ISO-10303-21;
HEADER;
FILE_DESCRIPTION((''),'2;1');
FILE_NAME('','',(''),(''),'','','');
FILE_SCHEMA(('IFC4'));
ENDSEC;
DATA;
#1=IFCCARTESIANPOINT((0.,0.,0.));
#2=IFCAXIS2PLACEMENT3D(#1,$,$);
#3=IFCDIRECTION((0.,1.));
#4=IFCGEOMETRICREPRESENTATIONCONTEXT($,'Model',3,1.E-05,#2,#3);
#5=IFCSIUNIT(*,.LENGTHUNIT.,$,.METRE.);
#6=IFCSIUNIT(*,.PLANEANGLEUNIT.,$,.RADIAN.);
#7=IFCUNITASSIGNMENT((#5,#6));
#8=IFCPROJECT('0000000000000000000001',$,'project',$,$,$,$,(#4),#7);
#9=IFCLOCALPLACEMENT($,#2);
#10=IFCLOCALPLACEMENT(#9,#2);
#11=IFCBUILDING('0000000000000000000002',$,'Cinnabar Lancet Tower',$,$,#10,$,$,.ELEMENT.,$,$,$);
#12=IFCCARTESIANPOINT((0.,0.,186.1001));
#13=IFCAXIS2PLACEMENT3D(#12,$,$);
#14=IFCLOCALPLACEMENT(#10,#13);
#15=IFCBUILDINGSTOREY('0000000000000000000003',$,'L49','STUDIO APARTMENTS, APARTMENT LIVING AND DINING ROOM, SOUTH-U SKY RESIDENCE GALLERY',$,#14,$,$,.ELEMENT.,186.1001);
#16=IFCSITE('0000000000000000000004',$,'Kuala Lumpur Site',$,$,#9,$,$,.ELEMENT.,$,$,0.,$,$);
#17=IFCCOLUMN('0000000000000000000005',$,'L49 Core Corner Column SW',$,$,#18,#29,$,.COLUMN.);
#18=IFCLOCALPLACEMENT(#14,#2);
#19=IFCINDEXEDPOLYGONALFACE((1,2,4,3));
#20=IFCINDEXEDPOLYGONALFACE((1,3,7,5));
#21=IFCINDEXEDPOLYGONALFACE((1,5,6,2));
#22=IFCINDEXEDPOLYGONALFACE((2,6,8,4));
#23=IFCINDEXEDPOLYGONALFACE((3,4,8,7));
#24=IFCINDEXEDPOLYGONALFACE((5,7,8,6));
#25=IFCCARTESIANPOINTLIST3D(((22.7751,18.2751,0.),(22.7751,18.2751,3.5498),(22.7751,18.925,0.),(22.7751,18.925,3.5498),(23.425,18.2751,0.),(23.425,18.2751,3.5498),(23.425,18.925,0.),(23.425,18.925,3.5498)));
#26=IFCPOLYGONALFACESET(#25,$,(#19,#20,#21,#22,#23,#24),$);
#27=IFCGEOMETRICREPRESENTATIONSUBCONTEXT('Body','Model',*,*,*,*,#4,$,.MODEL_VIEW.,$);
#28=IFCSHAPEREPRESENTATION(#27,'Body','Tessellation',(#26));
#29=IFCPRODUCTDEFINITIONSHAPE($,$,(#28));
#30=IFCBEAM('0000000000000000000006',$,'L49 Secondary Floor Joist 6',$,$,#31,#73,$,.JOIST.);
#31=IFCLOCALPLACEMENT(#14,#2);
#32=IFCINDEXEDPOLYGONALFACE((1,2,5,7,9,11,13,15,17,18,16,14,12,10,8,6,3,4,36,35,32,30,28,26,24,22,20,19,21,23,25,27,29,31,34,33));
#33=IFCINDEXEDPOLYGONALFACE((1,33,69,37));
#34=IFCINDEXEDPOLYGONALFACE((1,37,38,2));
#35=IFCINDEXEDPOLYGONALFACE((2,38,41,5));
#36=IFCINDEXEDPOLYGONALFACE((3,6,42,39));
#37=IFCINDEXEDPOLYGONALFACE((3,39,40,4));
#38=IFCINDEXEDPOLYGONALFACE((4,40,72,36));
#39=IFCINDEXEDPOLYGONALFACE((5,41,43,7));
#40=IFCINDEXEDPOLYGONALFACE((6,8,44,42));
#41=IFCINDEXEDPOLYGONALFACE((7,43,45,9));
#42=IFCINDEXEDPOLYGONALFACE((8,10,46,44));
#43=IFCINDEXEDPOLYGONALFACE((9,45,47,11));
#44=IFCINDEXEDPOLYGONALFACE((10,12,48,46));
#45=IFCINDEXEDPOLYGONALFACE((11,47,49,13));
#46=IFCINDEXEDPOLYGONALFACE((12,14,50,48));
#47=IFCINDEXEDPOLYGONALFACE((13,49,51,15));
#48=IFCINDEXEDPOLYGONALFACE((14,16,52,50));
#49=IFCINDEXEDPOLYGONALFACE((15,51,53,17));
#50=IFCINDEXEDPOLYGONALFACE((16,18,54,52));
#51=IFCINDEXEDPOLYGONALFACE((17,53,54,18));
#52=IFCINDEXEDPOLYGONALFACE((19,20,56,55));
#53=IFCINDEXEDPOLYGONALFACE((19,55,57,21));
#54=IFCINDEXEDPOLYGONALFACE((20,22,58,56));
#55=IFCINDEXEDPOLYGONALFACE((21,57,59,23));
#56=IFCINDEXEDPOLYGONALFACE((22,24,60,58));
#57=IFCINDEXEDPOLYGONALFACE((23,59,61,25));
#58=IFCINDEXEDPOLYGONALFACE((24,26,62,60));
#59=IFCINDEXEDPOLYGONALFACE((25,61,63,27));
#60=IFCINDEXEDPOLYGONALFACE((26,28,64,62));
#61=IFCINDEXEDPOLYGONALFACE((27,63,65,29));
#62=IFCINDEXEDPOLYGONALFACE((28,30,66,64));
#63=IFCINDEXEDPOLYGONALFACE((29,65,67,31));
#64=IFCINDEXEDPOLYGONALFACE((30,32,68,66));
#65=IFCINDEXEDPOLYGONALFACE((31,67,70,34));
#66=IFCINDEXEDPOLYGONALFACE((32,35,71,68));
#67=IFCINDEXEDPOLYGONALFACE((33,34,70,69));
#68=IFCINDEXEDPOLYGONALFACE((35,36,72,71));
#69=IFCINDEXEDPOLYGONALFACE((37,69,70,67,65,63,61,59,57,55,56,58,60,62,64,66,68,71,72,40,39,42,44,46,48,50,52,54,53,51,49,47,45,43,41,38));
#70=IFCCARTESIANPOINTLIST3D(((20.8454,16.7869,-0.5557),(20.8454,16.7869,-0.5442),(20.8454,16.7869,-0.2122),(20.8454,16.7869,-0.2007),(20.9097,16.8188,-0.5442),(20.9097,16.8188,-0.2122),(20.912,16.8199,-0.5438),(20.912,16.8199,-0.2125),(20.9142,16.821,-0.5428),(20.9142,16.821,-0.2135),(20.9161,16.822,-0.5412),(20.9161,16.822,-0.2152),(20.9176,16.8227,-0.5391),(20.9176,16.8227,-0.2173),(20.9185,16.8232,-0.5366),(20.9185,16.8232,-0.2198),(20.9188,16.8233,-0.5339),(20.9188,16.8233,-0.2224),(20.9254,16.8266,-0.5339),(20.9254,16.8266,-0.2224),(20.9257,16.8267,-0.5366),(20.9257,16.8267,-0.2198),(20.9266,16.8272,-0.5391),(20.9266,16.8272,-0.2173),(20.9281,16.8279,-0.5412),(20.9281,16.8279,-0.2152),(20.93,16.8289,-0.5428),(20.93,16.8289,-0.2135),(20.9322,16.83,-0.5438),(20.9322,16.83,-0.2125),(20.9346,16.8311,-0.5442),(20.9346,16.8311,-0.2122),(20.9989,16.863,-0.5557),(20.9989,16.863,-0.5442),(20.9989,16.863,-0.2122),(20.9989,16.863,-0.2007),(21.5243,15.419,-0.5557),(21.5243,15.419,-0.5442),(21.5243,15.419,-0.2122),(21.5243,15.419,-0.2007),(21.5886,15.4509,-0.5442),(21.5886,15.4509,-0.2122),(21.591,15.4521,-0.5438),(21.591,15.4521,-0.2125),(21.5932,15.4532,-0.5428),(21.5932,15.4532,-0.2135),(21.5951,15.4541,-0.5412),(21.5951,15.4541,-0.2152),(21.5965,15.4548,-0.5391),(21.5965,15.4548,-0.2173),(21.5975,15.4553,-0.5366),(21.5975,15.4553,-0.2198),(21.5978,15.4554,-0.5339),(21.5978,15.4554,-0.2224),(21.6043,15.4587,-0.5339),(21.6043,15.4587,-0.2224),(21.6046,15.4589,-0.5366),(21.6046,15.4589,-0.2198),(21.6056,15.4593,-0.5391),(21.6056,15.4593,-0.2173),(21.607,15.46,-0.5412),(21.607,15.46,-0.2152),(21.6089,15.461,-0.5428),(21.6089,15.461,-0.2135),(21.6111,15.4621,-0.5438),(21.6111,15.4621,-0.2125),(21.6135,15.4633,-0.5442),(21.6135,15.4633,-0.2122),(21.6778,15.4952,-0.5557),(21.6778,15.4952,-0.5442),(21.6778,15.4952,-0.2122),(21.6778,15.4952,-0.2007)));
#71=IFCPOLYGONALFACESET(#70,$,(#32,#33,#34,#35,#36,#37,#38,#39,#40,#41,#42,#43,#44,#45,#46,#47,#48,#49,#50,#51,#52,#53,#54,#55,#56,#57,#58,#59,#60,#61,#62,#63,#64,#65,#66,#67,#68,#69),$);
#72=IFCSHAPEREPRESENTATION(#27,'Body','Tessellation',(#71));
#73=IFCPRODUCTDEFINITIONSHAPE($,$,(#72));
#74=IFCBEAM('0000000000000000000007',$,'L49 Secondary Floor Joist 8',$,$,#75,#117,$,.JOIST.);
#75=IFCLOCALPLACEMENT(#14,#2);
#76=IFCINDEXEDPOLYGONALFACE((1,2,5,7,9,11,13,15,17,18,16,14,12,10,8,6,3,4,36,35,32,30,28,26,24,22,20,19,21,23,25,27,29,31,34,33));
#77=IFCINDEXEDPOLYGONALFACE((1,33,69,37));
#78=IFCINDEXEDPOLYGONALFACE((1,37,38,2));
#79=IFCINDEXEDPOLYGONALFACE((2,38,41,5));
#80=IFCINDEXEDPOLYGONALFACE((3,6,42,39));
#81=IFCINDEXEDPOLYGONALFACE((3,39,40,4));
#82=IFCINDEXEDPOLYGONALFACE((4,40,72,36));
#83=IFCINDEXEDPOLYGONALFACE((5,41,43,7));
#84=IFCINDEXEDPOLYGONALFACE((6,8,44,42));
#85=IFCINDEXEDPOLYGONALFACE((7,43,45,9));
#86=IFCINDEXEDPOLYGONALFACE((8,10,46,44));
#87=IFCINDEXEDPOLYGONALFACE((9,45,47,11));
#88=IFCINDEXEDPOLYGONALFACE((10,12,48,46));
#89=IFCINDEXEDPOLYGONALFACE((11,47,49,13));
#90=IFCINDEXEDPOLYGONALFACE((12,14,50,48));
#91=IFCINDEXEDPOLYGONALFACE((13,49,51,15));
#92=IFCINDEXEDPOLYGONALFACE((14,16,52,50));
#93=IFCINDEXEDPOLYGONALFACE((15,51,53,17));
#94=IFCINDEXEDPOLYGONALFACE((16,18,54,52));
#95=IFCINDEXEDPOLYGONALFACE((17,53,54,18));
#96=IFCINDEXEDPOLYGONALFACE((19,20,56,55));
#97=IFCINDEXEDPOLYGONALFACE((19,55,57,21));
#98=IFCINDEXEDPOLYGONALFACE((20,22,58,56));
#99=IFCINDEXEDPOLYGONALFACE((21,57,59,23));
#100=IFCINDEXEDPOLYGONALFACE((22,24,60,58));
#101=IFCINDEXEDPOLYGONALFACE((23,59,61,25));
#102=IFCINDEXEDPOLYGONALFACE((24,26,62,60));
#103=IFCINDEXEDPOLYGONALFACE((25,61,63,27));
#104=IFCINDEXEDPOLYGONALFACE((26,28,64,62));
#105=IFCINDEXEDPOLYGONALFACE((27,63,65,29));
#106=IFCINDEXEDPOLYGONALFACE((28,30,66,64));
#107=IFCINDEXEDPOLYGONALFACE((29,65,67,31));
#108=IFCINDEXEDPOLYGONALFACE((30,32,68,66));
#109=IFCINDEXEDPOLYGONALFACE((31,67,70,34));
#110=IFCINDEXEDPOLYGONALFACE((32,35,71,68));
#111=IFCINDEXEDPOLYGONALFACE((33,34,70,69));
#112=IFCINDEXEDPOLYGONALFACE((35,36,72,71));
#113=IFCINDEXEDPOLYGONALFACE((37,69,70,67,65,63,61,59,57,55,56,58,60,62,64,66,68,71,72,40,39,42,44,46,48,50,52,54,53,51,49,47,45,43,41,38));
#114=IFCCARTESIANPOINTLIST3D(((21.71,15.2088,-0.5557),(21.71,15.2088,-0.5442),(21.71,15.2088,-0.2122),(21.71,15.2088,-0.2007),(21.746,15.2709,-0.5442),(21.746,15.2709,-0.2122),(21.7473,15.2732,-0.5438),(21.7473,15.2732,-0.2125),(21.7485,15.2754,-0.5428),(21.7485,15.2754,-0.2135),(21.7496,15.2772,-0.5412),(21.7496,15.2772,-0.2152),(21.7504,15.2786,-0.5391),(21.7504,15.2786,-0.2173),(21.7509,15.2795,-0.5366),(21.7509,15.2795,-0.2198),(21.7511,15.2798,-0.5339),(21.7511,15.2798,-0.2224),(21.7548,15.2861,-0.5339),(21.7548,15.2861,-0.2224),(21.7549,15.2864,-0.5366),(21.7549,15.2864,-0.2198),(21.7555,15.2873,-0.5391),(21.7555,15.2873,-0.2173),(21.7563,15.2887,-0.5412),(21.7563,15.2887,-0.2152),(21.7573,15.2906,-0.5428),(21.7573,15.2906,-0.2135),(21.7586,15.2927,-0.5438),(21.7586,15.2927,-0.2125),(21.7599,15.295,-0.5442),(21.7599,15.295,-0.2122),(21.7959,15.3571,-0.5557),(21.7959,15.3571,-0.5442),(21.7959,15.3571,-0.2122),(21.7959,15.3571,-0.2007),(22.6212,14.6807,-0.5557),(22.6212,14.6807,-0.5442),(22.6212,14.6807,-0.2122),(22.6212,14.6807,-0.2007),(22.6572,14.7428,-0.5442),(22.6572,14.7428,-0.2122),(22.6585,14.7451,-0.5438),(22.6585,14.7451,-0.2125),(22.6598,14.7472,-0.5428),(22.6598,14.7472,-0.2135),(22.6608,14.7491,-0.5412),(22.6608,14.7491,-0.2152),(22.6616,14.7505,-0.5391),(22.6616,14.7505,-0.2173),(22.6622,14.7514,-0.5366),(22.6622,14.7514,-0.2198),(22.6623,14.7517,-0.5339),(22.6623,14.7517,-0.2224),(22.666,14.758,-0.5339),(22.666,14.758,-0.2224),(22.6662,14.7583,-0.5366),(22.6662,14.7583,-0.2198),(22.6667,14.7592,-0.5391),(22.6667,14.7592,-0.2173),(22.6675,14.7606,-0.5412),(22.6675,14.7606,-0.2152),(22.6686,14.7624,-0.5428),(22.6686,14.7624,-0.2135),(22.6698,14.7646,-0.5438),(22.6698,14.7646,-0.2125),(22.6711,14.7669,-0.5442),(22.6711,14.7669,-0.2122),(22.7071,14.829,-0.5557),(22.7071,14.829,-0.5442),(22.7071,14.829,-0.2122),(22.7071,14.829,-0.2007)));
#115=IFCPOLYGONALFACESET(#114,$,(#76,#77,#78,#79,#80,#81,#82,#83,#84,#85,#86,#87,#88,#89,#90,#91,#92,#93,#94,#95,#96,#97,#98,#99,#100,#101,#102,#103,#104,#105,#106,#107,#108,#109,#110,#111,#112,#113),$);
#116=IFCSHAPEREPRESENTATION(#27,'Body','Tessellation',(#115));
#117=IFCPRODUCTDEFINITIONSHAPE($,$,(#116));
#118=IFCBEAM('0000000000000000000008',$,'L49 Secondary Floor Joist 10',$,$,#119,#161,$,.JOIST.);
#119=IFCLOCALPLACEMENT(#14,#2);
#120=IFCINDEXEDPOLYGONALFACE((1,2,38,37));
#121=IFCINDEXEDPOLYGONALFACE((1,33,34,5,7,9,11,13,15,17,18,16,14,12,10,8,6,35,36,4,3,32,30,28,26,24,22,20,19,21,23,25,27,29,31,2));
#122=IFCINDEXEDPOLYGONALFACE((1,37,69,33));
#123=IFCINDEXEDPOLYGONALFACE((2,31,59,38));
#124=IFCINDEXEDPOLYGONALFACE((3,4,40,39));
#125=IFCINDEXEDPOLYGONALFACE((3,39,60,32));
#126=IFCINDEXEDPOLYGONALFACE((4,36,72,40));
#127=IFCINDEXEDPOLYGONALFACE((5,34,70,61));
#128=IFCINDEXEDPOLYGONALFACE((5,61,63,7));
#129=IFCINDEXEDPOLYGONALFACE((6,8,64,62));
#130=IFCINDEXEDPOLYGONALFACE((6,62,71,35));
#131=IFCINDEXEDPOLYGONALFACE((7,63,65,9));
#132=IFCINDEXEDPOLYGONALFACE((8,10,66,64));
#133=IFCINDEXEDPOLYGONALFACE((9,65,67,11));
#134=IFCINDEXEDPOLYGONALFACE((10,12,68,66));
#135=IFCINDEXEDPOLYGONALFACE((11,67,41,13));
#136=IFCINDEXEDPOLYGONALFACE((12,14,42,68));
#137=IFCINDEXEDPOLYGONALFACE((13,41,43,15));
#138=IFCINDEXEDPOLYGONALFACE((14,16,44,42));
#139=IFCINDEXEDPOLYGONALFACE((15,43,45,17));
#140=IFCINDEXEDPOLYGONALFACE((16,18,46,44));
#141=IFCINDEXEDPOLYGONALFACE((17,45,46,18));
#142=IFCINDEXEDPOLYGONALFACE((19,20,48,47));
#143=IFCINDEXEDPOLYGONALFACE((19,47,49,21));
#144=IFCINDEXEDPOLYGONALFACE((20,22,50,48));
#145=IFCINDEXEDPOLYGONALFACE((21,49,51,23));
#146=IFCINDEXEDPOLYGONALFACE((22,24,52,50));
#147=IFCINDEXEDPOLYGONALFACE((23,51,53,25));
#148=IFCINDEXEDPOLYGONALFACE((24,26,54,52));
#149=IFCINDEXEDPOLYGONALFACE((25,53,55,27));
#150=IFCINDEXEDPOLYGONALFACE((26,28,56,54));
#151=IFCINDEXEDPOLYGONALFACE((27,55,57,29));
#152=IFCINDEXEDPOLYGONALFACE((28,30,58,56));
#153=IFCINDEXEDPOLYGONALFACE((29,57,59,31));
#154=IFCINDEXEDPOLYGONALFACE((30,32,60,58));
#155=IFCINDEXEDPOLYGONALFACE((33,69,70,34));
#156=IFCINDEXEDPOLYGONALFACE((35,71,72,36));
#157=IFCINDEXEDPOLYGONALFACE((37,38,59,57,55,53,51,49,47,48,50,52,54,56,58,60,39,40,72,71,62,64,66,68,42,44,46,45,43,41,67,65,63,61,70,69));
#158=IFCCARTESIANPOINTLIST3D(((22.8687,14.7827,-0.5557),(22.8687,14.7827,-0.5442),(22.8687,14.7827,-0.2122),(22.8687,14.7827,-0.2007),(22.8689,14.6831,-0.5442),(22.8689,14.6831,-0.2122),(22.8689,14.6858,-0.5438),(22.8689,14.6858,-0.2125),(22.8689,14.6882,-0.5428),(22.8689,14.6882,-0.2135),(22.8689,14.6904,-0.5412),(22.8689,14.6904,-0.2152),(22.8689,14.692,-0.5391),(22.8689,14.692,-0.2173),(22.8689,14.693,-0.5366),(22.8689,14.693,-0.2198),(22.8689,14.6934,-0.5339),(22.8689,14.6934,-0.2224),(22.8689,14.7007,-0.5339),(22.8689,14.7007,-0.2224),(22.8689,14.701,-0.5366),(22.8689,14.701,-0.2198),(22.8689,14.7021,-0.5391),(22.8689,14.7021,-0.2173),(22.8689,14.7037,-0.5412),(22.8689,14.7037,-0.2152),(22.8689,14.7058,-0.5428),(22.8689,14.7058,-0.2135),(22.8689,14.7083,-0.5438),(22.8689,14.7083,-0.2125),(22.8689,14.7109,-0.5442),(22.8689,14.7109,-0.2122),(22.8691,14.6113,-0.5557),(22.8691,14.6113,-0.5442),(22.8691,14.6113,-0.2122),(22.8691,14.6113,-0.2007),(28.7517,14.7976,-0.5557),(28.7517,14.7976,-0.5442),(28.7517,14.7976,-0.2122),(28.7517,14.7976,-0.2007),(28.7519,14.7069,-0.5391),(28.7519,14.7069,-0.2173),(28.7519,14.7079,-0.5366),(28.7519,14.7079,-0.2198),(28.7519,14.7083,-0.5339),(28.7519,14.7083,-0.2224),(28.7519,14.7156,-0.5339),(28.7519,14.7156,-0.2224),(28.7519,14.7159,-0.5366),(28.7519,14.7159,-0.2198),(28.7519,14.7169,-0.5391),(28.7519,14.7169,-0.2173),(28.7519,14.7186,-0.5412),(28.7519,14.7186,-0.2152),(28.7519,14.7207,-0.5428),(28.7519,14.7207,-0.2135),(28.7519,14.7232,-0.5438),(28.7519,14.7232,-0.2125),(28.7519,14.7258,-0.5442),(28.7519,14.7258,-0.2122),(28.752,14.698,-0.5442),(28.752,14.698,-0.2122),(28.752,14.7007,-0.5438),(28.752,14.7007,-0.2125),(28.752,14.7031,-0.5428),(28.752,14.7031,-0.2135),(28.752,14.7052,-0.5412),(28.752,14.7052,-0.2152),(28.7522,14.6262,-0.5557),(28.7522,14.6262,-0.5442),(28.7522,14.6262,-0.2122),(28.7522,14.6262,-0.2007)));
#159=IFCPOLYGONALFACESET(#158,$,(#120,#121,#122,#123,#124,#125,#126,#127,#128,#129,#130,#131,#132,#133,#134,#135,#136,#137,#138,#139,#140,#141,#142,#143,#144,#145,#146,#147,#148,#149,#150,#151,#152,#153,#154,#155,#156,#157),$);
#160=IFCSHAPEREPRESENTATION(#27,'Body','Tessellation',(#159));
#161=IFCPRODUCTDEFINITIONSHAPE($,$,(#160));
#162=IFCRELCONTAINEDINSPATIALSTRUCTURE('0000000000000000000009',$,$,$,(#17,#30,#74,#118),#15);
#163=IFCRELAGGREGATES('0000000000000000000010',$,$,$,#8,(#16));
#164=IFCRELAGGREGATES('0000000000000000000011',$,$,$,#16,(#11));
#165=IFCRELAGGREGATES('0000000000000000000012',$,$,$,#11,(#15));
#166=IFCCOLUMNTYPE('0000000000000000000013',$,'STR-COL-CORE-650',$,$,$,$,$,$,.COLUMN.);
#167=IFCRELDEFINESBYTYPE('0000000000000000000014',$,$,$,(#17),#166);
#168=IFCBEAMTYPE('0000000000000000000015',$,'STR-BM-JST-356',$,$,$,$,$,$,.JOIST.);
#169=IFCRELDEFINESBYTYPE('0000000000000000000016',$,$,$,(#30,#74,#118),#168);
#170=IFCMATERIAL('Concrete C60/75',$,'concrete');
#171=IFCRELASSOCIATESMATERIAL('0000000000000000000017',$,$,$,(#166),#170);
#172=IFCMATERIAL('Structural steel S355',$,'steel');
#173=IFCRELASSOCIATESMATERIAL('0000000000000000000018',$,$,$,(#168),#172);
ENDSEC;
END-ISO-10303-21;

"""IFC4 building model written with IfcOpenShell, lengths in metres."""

from ifc_helpers import new_model, si_unit, direction, frame, origin, origin_2d, place, context, subcontext, project, spatial, rectangle, i_section, extrude, material, material_profile, profile_set, type_object, element, save


model = new_model("IFC4")

# Units and contexts
model_context = context("Model", 3, precision=1e-05, world=origin(), true_north=direction((0.0, 1.0)))
body_context = subcontext(model_context, "Body", "Model", "MODEL_VIEW")
ifc_project = project(units=[si_unit("LENGTHUNIT", "METRE"), si_unit("PLANEANGLEUNIT", "RADIAN")], contexts=[model_context])

# Site, building, storey
site_placement = place(None, origin())
site = spatial("IfcSite", under=ifc_project, at=site_placement, Name="Kuala Lumpur Site", CompositionType="ELEMENT", RefElevation=0.0)
building_placement = place(site_placement, origin())
building = spatial("IfcBuilding", under=site, at=building_placement, Name="Cinnabar Lancet Tower", CompositionType="ELEMENT")
storey_placement = place(building_placement, frame((0.0, 0.0, 186.1001)))
storey = spatial("IfcBuildingStorey", under=building, at=storey_placement, Name="L49", Description="STUDIO APARTMENTS, APARTMENT LIVING AND DINING ROOM, SOUTH-U SKY RESIDENCE GALLERY", CompositionType="ELEMENT", Elevation=186.1001)

# Column
ifc_material_1 = material(Name="Concrete C60/75", Category="concrete")
ifc_material_profile_1 = material_profile(ifc_material_1, rectangle(XDim=0.6499, YDim=0.6499, at=origin_2d()), Name="RC-COL 650x650")
ifc_profile_set_1 = profile_set([ifc_material_profile_1], Name="Concrete C60/75")
column_type = type_object("IfcColumnType", Name="STR-COL-CORE-650", PredefinedType="COLUMN", material=ifc_profile_set_1)
column_placement = place(storey_placement, frame((23.1001, 18.6001, 0.0), z_axis=(0.0, 0.0, 1.0), x_axis=(1.0, 0.0, 0.0)))
element("IfcColumn", 1, at=column_placement, inside=storey, type_object=column_type, Name="L49 Core Corner Column SW", PredefinedType="COLUMN", context=body_context, shape_type="SweptSolid", body=[
    extrude(rectangle(XDim=0.6499, YDim=0.6499, at=origin_2d()), origin(), (0.0, 0.0, 1.0), 3.5498),
])

# Beams
ifc_material_2 = material(Name="Structural steel S355", Category="steel")
ifc_material_profile_2 = material_profile(ifc_material_2, i_section(OverallWidth=0.1714, OverallDepth=0.355, WebThickness=0.0073, FlangeThickness=0.0115, FilletRadius=0.0103, at=origin_2d()), Name="UKB 356x171x51")
ifc_profile_set_2 = profile_set([ifc_material_profile_2], Name="Structural steel S355")
beam_type = type_object("IfcBeamType", Name="STR-BM-JST-356", PredefinedType="JOIST", material=ifc_profile_set_2)
beam_1_placement = place(storey_placement, frame((20.9221, 16.825, -0.3782), z_axis=(0.44459, -0.895734, 0.0), x_axis=(0.895734, 0.44459, 0.0)))
element("IfcBeam", 2, at=beam_1_placement, inside=storey, type_object=beam_type, Name="L49 Secondary Floor Joist 6", PredefinedType="JOIST", context=body_context, shape_type="SweptSolid", body=[
    extrude(i_section(OverallWidth=0.1714, OverallDepth=0.355, WebThickness=0.0073, FlangeThickness=0.0115, FilletRadius=0.0103, at=origin_2d()), origin(), (0.0, 0.0, 1.0), 1.5271),
])
beam_2_placement = place(storey_placement, frame((21.7529, 15.283, -0.3782), z_axis=(0.865188, -0.501447, 0.0), x_axis=(0.501447, 0.865188, 0.0)))
element("IfcBeam", 3, at=beam_2_placement, inside=storey, type_object=beam_type, Name="L49 Secondary Floor Joist 8", PredefinedType="JOIST", context=body_context, shape_type="SweptSolid", body=[
    extrude(i_section(OverallWidth=0.1714, OverallDepth=0.355, WebThickness=0.0073, FlangeThickness=0.0115, FilletRadius=0.0103, at=origin_2d()), origin(), (0.0, 0.0, 1.0), 1.0532),
])
beam_3_placement = place(storey_placement, frame((22.8689, 14.697, -0.3782), z_axis=(0.999997, 0.002531, 0.0), x_axis=(-0.002531, 0.999997, 0.0)))
element("IfcBeam", 4, at=beam_3_placement, inside=storey, type_object=beam_type, Name="L49 Secondary Floor Joist 10", PredefinedType="JOIST", context=body_context, shape_type="SweptSolid", body=[
    extrude(i_section(OverallWidth=0.1714, OverallDepth=0.355, WebThickness=0.0073, FlangeThickness=0.0115, FilletRadius=0.0103, at=origin_2d()), origin(), (0.0, 0.0, 1.0), 5.8831),
])

save(model, "model.ifc")
